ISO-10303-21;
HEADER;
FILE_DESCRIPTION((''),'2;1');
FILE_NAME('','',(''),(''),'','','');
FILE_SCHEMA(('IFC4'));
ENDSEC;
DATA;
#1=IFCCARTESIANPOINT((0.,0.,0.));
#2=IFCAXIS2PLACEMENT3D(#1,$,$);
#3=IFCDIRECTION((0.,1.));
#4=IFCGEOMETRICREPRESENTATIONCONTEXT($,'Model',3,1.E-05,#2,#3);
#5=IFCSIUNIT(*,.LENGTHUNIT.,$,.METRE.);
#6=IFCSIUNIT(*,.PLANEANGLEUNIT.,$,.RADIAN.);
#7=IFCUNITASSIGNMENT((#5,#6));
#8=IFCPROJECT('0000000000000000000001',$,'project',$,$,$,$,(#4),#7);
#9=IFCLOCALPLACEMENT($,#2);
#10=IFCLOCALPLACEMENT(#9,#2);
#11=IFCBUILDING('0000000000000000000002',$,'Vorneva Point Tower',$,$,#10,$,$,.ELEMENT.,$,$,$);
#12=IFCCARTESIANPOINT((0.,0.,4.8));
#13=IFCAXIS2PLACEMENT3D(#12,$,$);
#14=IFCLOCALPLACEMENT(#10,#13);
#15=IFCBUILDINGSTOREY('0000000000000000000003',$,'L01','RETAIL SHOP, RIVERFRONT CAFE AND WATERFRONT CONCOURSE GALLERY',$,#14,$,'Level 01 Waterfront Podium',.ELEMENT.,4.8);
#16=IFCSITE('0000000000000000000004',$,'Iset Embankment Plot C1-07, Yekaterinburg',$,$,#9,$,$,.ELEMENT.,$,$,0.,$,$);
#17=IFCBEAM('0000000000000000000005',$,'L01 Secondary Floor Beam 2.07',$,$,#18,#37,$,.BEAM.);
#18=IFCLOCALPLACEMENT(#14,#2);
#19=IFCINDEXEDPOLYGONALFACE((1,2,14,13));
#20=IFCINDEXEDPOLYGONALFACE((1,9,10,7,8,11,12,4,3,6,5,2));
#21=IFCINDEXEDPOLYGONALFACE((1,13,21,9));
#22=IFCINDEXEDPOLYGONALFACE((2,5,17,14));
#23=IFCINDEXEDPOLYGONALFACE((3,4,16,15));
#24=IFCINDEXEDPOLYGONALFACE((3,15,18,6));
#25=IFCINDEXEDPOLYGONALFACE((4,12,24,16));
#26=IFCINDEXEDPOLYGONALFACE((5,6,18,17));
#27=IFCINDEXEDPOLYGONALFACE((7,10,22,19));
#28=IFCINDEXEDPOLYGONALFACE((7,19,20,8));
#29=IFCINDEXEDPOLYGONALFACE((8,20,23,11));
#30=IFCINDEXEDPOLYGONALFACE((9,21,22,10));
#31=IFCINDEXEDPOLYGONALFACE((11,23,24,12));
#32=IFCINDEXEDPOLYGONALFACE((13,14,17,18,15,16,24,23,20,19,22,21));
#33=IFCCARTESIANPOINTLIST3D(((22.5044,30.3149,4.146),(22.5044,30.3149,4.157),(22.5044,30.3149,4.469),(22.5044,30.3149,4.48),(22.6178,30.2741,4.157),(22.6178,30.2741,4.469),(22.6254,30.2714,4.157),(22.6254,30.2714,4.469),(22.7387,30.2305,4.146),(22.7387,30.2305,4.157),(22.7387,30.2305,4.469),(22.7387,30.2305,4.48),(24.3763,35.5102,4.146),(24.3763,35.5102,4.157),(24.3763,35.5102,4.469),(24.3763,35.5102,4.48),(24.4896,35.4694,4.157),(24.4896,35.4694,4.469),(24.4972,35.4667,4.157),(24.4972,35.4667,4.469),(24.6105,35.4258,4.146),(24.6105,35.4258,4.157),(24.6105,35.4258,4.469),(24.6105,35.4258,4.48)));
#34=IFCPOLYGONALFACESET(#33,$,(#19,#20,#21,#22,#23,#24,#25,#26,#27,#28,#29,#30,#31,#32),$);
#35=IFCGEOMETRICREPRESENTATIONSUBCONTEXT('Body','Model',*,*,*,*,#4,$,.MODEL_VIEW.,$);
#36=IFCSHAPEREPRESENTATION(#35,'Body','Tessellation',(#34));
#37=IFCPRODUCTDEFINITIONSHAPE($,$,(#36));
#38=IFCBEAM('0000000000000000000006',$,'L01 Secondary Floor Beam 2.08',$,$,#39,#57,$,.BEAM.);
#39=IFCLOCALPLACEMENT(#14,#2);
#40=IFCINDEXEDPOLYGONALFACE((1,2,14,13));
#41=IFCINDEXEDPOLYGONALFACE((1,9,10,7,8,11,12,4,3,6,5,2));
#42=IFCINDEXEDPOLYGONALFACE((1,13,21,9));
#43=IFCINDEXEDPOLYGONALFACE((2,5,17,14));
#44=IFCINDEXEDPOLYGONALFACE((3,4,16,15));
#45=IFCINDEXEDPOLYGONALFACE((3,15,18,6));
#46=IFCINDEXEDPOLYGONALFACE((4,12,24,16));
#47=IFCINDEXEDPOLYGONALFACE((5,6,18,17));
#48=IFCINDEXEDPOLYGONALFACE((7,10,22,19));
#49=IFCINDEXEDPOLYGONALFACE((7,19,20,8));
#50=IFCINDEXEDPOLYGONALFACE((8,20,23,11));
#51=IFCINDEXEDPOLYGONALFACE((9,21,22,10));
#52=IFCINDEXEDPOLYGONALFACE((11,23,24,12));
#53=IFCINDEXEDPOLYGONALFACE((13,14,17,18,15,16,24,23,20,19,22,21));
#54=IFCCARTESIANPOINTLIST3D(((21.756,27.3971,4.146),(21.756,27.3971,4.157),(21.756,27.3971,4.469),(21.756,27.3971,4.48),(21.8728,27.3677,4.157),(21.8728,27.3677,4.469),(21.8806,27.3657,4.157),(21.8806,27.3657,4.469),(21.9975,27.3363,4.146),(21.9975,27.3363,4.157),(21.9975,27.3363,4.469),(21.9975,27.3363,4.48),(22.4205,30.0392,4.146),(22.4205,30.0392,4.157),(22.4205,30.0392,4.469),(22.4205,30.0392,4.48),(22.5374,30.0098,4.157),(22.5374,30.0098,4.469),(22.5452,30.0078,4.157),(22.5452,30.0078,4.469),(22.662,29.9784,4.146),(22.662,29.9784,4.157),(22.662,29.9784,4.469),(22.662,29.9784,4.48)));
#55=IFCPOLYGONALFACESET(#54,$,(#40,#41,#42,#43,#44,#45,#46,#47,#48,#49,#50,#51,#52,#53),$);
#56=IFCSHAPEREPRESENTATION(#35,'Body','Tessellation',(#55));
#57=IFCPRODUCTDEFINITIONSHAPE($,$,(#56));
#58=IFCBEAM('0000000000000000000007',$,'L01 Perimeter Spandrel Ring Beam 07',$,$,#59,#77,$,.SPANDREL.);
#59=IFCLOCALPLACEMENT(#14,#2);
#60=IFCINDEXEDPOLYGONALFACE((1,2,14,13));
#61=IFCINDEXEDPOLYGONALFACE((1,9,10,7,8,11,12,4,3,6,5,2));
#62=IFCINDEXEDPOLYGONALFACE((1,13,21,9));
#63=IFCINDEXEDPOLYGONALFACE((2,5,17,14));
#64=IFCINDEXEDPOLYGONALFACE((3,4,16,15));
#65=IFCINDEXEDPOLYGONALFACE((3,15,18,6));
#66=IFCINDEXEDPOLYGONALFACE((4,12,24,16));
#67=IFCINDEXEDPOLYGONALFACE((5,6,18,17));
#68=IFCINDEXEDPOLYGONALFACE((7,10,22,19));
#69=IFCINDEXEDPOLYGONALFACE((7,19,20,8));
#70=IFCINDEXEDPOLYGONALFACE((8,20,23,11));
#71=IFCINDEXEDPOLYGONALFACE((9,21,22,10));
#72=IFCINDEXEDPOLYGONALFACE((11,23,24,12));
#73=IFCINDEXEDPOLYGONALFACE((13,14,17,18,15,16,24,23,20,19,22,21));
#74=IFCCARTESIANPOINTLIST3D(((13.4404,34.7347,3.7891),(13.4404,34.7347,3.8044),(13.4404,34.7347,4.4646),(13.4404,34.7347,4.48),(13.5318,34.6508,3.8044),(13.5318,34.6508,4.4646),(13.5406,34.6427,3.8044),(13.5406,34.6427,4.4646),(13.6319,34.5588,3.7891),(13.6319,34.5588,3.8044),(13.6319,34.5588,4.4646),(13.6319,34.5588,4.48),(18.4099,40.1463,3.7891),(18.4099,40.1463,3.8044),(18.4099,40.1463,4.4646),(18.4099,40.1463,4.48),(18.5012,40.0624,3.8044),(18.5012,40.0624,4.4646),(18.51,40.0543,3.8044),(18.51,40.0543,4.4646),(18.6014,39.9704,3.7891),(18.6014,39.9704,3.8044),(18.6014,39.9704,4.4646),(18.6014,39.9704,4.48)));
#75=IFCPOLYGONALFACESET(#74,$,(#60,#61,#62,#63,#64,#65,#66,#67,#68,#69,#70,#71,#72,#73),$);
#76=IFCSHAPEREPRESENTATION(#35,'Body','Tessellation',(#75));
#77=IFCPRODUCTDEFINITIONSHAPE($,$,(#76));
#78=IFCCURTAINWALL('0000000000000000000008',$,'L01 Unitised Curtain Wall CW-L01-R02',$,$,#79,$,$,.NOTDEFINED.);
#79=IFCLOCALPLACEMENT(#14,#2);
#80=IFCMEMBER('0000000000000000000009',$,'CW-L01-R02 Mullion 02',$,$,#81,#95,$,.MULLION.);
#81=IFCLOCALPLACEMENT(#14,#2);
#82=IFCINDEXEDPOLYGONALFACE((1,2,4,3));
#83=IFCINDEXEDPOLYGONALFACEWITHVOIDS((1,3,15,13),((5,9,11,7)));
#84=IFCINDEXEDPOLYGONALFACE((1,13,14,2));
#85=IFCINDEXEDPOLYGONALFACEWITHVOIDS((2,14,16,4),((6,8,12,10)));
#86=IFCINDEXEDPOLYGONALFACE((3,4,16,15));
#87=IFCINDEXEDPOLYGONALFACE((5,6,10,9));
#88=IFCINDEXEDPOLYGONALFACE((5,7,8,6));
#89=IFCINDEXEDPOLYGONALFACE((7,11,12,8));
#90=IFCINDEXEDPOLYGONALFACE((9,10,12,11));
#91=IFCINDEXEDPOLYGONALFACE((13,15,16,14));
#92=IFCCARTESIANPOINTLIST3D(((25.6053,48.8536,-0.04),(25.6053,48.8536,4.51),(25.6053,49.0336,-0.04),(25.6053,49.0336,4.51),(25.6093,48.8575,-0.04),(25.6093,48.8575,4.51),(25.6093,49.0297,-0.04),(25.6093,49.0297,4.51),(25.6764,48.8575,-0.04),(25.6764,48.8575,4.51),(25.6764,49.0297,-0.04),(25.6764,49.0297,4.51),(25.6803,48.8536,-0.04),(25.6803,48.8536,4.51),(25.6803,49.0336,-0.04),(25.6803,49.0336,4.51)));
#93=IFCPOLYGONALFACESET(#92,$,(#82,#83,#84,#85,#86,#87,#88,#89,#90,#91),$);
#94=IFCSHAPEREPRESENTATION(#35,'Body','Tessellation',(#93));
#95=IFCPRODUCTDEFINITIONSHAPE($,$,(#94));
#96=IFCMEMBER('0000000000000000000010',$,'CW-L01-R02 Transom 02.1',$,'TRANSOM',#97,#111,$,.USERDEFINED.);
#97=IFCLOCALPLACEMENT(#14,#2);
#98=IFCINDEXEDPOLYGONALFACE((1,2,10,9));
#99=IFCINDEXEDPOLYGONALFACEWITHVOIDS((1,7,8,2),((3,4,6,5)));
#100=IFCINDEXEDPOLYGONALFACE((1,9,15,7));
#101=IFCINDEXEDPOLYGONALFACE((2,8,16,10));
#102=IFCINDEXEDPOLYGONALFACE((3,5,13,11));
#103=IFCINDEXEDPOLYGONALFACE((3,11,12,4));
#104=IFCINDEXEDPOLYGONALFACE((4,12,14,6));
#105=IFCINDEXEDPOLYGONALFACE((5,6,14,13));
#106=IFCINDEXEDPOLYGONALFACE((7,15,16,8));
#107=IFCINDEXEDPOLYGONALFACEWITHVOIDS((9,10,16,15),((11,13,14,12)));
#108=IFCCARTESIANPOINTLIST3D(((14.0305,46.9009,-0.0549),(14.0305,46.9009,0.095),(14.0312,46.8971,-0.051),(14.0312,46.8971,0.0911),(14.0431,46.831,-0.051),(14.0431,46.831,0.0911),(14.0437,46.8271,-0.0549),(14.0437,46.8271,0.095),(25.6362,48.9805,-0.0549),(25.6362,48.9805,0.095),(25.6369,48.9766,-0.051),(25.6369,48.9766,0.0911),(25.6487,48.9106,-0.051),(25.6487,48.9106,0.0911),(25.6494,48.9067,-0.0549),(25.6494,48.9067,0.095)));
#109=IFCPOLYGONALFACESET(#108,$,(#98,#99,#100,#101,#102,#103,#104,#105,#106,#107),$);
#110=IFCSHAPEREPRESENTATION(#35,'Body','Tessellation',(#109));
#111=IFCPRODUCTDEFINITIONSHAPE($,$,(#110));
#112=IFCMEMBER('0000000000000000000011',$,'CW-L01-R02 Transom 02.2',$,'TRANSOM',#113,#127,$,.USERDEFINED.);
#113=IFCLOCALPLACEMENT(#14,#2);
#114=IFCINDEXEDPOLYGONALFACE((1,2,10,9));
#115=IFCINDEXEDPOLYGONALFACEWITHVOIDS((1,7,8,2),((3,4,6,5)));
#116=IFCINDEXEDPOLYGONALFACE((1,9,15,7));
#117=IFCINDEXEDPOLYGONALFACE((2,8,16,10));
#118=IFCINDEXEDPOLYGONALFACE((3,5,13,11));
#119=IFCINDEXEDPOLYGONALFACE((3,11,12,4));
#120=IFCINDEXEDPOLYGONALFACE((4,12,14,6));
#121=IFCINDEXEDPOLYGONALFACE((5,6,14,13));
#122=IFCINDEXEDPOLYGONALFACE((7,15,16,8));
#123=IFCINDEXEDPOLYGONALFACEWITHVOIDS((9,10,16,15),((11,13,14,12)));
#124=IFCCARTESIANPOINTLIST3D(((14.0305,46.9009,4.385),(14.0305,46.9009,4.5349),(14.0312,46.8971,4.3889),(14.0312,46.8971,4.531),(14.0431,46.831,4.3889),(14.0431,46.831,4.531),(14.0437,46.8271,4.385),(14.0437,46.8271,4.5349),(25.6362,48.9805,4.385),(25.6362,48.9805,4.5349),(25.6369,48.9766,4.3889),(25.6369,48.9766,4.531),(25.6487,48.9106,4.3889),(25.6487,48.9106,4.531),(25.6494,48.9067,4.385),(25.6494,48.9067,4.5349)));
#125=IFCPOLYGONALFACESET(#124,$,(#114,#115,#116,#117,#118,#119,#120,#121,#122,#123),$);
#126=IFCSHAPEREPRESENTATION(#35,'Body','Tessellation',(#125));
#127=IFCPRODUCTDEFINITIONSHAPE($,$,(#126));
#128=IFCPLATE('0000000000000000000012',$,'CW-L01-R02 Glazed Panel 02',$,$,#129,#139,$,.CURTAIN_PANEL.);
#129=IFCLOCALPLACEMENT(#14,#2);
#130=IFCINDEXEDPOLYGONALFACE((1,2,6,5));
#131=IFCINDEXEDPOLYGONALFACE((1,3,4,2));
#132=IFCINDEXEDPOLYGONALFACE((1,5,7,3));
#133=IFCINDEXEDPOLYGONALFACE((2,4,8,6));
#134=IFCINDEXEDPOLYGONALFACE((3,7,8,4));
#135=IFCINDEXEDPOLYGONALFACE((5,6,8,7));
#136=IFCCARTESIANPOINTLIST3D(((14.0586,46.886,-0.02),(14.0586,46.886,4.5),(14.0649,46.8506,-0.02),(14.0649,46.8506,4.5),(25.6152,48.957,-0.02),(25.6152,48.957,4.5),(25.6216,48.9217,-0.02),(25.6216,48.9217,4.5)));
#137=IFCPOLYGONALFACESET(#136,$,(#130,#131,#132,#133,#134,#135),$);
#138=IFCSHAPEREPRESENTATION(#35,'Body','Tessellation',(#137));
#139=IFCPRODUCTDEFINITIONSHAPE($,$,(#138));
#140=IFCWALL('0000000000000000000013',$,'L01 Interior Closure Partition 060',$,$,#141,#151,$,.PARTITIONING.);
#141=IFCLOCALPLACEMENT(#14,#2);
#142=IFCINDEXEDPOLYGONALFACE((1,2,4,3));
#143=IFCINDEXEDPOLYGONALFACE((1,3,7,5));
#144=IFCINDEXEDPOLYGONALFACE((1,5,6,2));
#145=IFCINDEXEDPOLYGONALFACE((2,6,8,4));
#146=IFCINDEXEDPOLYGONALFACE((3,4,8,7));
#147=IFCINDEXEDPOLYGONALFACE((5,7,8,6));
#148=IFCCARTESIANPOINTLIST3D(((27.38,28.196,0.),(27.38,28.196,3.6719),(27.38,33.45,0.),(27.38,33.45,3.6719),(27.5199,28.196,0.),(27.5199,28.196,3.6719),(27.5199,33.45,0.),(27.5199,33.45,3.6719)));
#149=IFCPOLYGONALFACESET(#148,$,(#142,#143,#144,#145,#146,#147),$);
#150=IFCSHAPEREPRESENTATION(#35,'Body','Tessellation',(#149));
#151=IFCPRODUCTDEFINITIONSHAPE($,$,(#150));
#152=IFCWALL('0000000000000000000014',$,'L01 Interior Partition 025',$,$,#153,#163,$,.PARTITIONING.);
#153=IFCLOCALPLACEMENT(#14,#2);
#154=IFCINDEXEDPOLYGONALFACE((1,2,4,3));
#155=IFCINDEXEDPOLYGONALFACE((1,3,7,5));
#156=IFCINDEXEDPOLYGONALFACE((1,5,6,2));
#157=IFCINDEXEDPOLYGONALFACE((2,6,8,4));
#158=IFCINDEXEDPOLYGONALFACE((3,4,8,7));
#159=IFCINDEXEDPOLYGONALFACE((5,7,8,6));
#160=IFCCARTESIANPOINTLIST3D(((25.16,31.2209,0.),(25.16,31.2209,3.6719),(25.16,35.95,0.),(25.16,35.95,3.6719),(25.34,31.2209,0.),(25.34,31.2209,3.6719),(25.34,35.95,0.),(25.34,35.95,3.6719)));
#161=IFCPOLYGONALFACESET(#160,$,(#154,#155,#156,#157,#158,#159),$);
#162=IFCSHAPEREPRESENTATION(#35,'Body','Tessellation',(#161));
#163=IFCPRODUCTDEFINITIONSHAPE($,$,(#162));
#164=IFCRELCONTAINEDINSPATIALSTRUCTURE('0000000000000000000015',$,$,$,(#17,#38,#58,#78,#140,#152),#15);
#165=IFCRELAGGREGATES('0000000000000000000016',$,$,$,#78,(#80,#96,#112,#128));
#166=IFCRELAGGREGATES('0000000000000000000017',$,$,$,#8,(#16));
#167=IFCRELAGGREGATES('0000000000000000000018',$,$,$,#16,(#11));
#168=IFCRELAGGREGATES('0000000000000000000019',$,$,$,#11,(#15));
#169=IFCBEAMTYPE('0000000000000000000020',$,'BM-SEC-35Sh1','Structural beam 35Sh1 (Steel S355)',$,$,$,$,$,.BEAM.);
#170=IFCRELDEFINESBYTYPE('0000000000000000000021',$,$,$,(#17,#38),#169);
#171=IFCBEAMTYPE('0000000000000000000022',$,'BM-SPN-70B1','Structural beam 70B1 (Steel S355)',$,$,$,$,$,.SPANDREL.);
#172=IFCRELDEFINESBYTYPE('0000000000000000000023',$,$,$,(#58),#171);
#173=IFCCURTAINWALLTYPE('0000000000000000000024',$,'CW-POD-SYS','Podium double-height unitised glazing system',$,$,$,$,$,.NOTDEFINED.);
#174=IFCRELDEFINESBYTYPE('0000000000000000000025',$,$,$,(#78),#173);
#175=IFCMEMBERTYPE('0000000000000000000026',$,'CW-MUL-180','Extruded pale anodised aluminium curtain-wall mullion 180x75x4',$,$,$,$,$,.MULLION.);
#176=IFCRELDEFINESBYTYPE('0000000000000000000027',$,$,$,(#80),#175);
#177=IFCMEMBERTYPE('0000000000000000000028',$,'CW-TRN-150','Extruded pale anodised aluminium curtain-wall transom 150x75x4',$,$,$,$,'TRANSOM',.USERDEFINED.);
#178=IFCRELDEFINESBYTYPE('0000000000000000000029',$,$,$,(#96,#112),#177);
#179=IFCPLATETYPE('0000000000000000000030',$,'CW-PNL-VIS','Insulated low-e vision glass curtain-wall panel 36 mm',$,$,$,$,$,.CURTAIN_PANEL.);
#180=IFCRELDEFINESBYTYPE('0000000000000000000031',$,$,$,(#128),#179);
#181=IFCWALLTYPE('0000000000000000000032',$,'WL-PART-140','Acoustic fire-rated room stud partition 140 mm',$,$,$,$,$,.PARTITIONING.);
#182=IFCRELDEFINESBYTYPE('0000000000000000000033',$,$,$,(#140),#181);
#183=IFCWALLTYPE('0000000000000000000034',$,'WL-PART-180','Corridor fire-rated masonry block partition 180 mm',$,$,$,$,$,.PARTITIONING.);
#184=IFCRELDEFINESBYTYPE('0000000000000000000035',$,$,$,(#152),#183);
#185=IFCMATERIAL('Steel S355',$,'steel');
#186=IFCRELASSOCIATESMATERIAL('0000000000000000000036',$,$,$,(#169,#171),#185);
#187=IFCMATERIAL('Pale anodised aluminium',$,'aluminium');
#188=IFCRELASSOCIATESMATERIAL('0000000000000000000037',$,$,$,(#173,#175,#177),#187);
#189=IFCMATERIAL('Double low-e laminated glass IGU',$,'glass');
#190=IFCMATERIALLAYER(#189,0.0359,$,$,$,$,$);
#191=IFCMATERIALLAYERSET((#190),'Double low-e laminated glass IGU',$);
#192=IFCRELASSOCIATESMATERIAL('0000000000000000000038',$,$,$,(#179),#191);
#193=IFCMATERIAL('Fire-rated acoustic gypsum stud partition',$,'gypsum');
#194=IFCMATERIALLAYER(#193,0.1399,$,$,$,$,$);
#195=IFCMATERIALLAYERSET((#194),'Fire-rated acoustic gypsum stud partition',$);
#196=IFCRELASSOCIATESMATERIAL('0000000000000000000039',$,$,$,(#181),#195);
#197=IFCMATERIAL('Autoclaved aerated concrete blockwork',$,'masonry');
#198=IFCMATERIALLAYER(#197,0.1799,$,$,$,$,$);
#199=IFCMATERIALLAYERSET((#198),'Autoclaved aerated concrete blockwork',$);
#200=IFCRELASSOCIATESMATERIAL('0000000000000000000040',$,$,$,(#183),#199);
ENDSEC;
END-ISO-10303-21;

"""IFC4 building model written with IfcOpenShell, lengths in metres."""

from ifc_helpers import new_model, si_unit, direction, frame, frame_2d, origin, origin_2d, place, context, subcontext, project, spatial, rectangle, hollow_rectangle, i_section, extrude, material, layer, layer_set, material_profile, profile_set, type_object, element, aggregate, save


model = new_model("IFC4")

# Units and contexts
model_context = context("Model", 3, precision=1e-05, world=origin(), true_north=direction((0.0, 1.0)))
body_context = subcontext(model_context, "Body", "Model", "MODEL_VIEW")
ifc_project = project(units=[si_unit("LENGTHUNIT", "METRE"), si_unit("PLANEANGLEUNIT", "RADIAN")], contexts=[model_context])

# Site, building, storey
site_placement = place(None, origin())
site = spatial("IfcSite", under=ifc_project, at=site_placement, Name="Iset Embankment Plot C1-07, Yekaterinburg", CompositionType="ELEMENT", RefElevation=0.0)
building_placement = place(site_placement, origin())
building = spatial("IfcBuilding", under=site, at=building_placement, Name="Vorneva Point Tower", CompositionType="ELEMENT")
storey_placement = place(building_placement, frame((0.0, 0.0, 4.8)))
storey = spatial("IfcBuildingStorey", under=building, at=storey_placement, Name="L01", Description="RETAIL SHOP, RIVERFRONT CAFE AND WATERFRONT CONCOURSE GALLERY", LongName="Level 01 Waterfront Podium", CompositionType="ELEMENT", Elevation=4.8)

# Beams
ifc_material_1 = material(Name="Steel S355", Category="steel")
ifc_material_profile_1 = material_profile(ifc_material_1, i_section(OverallWidth=0.249, OverallDepth=0.334, WebThickness=0.0081, FlangeThickness=0.011, at=origin_2d()), Name="35Sh1")
ifc_profile_set_1 = profile_set([ifc_material_profile_1], Name="Steel S355")
beam_type_1 = type_object("IfcBeamType", Name="BM-SEC-35Sh1", Description="Structural beam 35Sh1 (Steel S355)", PredefinedType="BEAM", material=ifc_profile_set_1)
beam_1_placement = place(storey_placement, frame((24.4934, 35.468, 4.313), z_axis=(-0.338962, -0.9408, 0.0), x_axis=(0.9408, -0.338962, 0.0)))
element("IfcBeam", 1, at=beam_1_placement, inside=storey, type_object=beam_type_1, Name="L01 Secondary Floor Beam 2.07", PredefinedType="BEAM", context=body_context, shape_type="SweptSolid", body=[
    extrude(i_section(OverallWidth=0.249, OverallDepth=0.334, WebThickness=0.0081, FlangeThickness=0.011, at=origin_2d()), origin(), (0.0, 0.0, 1.0), 5.5222),
])
beam_2_placement = place(storey_placement, frame((22.5413, 30.0088, 4.313), z_axis=(-0.243927, -0.969794, 0.0), x_axis=(0.969794, -0.243927, 0.0)))
element("IfcBeam", 2, at=beam_2_placement, inside=storey, type_object=beam_type_1, Name="L01 Secondary Floor Beam 2.08", PredefinedType="BEAM", context=body_context, shape_type="SweptSolid", body=[
    extrude(i_section(OverallWidth=0.249, OverallDepth=0.334, WebThickness=0.0081, FlangeThickness=0.011, at=origin_2d()), origin(), (0.0, 0.0, 1.0), 2.7244),
])
ifc_material_profile_2 = material_profile(ifc_material_1, i_section(OverallWidth=0.26, OverallDepth=0.6909, WebThickness=0.012, FlangeThickness=0.0154, at=origin_2d()), Name="70B1")
ifc_profile_set_2 = profile_set([ifc_material_profile_2], Name="Steel S355")
beam_type_2 = type_object("IfcBeamType", Name="BM-SPN-70B1", Description="Structural beam 70B1 (Steel S355)", PredefinedType="SPANDREL", material=ifc_profile_set_2)
beam_3_placement = place(storey_placement, frame((18.5056, 40.0583, 4.1345), z_axis=(-0.676377, -0.736555, 0.0), x_axis=(0.736555, -0.676377, 0.0)))
element("IfcBeam", 3, at=beam_3_placement, inside=storey, type_object=beam_type_2, Name="L01 Perimeter Spandrel Ring Beam 07", PredefinedType="SPANDREL", context=body_context, shape_type="SweptSolid", body=[
    extrude(i_section(OverallWidth=0.26, OverallDepth=0.6909, WebThickness=0.012, FlangeThickness=0.0154, at=origin_2d()), origin(), (0.0, 0.0, 1.0), 7.3472),
])

# Curtain wall, members, plate
ifc_material_2 = material(Name="Pale anodised aluminium", Category="aluminium")
curtain_wall_type = type_object("IfcCurtainWallType", Name="CW-POD-SYS", Description="Podium double-height unitised glazing system", PredefinedType="NOTDEFINED", material=ifc_material_2)
curtain_wall_placement = place(storey_placement, origin())
curtain_wall = element("IfcCurtainWall", 4, at=curtain_wall_placement, inside=storey, type_object=curtain_wall_type, Name="L01 Unitised Curtain Wall CW-L01-R02", PredefinedType="NOTDEFINED")
ifc_material_profile_3 = material_profile(ifc_material_2, hollow_rectangle(XDim=0.075, YDim=0.1799, WallThickness=0.0039, at=origin_2d()), Name="AL-MUL 180x75x4")
ifc_profile_set_3 = profile_set([ifc_material_profile_3], Name="Pale anodised aluminium")
member_type_1 = type_object("IfcMemberType", Name="CW-MUL-180", Description="Extruded pale anodised aluminium curtain-wall mullion 180x75x4", PredefinedType="MULLION", material=ifc_profile_set_3)
member_1_placement = place(storey_placement, frame((25.6428, 48.9436, -0.04), z_axis=(0.0, 0.0, 1.0), x_axis=(1.0, 0.0, 0.0)))
member_1 = element("IfcMember", 5, at=member_1_placement, type_object=member_type_1, Name="CW-L01-R02 Mullion 02", PredefinedType="MULLION", context=body_context, shape_type="SweptSolid", body=[
    extrude(hollow_rectangle(XDim=0.075, YDim=0.1799, WallThickness=0.0039, at=origin_2d()), origin(), (0.0, 0.0, 1.0), 4.55),
])
ifc_material_profile_4 = material_profile(ifc_material_2, hollow_rectangle(XDim=0.075, YDim=0.1499, WallThickness=0.0039, at=origin_2d()), Name="AL-TRN 150x75x4")
ifc_profile_set_4 = profile_set([ifc_material_profile_4], Name="Pale anodised aluminium")
member_type_2 = type_object("IfcMemberType", Name="CW-TRN-150", Description="Extruded pale anodised aluminium curtain-wall transom 150x75x4", ElementType="TRANSOM", PredefinedType="USERDEFINED", material=ifc_profile_set_4)
member_2_placement = place(storey_placement, frame((25.6428, 48.9436, 0.02), z_axis=(-0.984323, -0.176378, 0.0), x_axis=(0.176378, -0.984323, 0.0)))
member_2 = element("IfcMember", 6, at=member_2_placement, type_object=member_type_2, Name="CW-L01-R02 Transom 02.1", ObjectType="TRANSOM", PredefinedType="USERDEFINED", context=body_context, shape_type="SweptSolid", body=[
    extrude(hollow_rectangle(XDim=0.075, YDim=0.1499, WallThickness=0.0039, at=origin_2d()), origin(), (0.0, 0.0, 1.0), 11.7905),
])
member_3_placement = place(storey_placement, frame((25.6428, 48.9436, 4.46), z_axis=(-0.984323, -0.176378, 0.0), x_axis=(0.176378, -0.984323, 0.0)))
member_3 = element("IfcMember", 7, at=member_3_placement, type_object=member_type_2, Name="CW-L01-R02 Transom 02.2", ObjectType="TRANSOM", PredefinedType="USERDEFINED", context=body_context, shape_type="SweptSolid", body=[
    extrude(hollow_rectangle(XDim=0.075, YDim=0.1499, WallThickness=0.0039, at=origin_2d()), origin(), (0.0, 0.0, 1.0), 11.7905),
])
ifc_material_3 = material(Name="Double low-e laminated glass IGU", Category="glass")
ifc_layer_1 = layer(ifc_material_3, 0.0359)
ifc_layer_set_1 = layer_set([ifc_layer_1], Name="Double low-e laminated glass IGU")
plate_type = type_object("IfcPlateType", Name="CW-PNL-VIS", Description="Insulated low-e vision glass curtain-wall panel 36 mm", PredefinedType="CURTAIN_PANEL", material=ifc_layer_set_1)
plate_placement = place(storey_placement, frame((19.8401, 47.9038, -0.02), z_axis=(0.0, 0.0, 1.0), x_axis=(-0.984319, -0.176398, 0.0)))
plate = element("IfcPlate", 8, at=plate_placement, type_object=plate_type, Name="CW-L01-R02 Glazed Panel 02", PredefinedType="CURTAIN_PANEL", context=body_context, shape_type="SweptSolid", body=[
    extrude(rectangle(XDim=11.7407, YDim=0.0359, at=origin_2d()), origin(), (0.0, 0.0, 1.0), 4.52),
])
aggregate(curtain_wall, [member_1, member_2, member_3, plate])

# Walls
ifc_material_4 = material(Name="Fire-rated acoustic gypsum stud partition", Category="gypsum")
ifc_layer_2 = layer(ifc_material_4, 0.1399)
ifc_layer_set_2 = layer_set([ifc_layer_2], Name="Fire-rated acoustic gypsum stud partition")
wall_type_1 = type_object("IfcWallType", Name="WL-PART-140", Description="Acoustic fire-rated room stud partition 140 mm", PredefinedType="PARTITIONING", material=ifc_layer_set_2)
wall_1_placement = place(storey_placement, frame((27.45, 28.196, 0.0), z_axis=(0.0, 0.0, 1.0), x_axis=(0.0, 1.0, 0.0)))
element("IfcWall", 9, at=wall_1_placement, inside=storey, type_object=wall_type_1, Name="L01 Interior Closure Partition 060", PredefinedType="PARTITIONING", context=body_context, shape_type="SweptSolid", body=[
    extrude(rectangle(XDim=5.2539, YDim=0.1399, at=frame_2d((2.627, 0.0))), origin(), (0.0, 0.0, 1.0), 3.6719),
])
ifc_material_5 = material(Name="Autoclaved aerated concrete blockwork", Category="masonry")
ifc_layer_3 = layer(ifc_material_5, 0.1799)
ifc_layer_set_3 = layer_set([ifc_layer_3], Name="Autoclaved aerated concrete blockwork")
wall_type_2 = type_object("IfcWallType", Name="WL-PART-180", Description="Corridor fire-rated masonry block partition 180 mm", PredefinedType="PARTITIONING", material=ifc_layer_set_3)
wall_2_placement = place(storey_placement, frame((25.25, 35.95, 0.0), z_axis=(0.0, 0.0, 1.0), x_axis=(0.0, -1.0, 0.0)))
element("IfcWall", 10, at=wall_2_placement, inside=storey, type_object=wall_type_2, Name="L01 Interior Partition 025", PredefinedType="PARTITIONING", context=body_context, shape_type="SweptSolid", body=[
    extrude(rectangle(XDim=4.729, YDim=0.1799, at=frame_2d((2.3645, 0.0))), origin(), (0.0, 0.0, 1.0), 3.6719),
])

save(model, "model.ifc")
